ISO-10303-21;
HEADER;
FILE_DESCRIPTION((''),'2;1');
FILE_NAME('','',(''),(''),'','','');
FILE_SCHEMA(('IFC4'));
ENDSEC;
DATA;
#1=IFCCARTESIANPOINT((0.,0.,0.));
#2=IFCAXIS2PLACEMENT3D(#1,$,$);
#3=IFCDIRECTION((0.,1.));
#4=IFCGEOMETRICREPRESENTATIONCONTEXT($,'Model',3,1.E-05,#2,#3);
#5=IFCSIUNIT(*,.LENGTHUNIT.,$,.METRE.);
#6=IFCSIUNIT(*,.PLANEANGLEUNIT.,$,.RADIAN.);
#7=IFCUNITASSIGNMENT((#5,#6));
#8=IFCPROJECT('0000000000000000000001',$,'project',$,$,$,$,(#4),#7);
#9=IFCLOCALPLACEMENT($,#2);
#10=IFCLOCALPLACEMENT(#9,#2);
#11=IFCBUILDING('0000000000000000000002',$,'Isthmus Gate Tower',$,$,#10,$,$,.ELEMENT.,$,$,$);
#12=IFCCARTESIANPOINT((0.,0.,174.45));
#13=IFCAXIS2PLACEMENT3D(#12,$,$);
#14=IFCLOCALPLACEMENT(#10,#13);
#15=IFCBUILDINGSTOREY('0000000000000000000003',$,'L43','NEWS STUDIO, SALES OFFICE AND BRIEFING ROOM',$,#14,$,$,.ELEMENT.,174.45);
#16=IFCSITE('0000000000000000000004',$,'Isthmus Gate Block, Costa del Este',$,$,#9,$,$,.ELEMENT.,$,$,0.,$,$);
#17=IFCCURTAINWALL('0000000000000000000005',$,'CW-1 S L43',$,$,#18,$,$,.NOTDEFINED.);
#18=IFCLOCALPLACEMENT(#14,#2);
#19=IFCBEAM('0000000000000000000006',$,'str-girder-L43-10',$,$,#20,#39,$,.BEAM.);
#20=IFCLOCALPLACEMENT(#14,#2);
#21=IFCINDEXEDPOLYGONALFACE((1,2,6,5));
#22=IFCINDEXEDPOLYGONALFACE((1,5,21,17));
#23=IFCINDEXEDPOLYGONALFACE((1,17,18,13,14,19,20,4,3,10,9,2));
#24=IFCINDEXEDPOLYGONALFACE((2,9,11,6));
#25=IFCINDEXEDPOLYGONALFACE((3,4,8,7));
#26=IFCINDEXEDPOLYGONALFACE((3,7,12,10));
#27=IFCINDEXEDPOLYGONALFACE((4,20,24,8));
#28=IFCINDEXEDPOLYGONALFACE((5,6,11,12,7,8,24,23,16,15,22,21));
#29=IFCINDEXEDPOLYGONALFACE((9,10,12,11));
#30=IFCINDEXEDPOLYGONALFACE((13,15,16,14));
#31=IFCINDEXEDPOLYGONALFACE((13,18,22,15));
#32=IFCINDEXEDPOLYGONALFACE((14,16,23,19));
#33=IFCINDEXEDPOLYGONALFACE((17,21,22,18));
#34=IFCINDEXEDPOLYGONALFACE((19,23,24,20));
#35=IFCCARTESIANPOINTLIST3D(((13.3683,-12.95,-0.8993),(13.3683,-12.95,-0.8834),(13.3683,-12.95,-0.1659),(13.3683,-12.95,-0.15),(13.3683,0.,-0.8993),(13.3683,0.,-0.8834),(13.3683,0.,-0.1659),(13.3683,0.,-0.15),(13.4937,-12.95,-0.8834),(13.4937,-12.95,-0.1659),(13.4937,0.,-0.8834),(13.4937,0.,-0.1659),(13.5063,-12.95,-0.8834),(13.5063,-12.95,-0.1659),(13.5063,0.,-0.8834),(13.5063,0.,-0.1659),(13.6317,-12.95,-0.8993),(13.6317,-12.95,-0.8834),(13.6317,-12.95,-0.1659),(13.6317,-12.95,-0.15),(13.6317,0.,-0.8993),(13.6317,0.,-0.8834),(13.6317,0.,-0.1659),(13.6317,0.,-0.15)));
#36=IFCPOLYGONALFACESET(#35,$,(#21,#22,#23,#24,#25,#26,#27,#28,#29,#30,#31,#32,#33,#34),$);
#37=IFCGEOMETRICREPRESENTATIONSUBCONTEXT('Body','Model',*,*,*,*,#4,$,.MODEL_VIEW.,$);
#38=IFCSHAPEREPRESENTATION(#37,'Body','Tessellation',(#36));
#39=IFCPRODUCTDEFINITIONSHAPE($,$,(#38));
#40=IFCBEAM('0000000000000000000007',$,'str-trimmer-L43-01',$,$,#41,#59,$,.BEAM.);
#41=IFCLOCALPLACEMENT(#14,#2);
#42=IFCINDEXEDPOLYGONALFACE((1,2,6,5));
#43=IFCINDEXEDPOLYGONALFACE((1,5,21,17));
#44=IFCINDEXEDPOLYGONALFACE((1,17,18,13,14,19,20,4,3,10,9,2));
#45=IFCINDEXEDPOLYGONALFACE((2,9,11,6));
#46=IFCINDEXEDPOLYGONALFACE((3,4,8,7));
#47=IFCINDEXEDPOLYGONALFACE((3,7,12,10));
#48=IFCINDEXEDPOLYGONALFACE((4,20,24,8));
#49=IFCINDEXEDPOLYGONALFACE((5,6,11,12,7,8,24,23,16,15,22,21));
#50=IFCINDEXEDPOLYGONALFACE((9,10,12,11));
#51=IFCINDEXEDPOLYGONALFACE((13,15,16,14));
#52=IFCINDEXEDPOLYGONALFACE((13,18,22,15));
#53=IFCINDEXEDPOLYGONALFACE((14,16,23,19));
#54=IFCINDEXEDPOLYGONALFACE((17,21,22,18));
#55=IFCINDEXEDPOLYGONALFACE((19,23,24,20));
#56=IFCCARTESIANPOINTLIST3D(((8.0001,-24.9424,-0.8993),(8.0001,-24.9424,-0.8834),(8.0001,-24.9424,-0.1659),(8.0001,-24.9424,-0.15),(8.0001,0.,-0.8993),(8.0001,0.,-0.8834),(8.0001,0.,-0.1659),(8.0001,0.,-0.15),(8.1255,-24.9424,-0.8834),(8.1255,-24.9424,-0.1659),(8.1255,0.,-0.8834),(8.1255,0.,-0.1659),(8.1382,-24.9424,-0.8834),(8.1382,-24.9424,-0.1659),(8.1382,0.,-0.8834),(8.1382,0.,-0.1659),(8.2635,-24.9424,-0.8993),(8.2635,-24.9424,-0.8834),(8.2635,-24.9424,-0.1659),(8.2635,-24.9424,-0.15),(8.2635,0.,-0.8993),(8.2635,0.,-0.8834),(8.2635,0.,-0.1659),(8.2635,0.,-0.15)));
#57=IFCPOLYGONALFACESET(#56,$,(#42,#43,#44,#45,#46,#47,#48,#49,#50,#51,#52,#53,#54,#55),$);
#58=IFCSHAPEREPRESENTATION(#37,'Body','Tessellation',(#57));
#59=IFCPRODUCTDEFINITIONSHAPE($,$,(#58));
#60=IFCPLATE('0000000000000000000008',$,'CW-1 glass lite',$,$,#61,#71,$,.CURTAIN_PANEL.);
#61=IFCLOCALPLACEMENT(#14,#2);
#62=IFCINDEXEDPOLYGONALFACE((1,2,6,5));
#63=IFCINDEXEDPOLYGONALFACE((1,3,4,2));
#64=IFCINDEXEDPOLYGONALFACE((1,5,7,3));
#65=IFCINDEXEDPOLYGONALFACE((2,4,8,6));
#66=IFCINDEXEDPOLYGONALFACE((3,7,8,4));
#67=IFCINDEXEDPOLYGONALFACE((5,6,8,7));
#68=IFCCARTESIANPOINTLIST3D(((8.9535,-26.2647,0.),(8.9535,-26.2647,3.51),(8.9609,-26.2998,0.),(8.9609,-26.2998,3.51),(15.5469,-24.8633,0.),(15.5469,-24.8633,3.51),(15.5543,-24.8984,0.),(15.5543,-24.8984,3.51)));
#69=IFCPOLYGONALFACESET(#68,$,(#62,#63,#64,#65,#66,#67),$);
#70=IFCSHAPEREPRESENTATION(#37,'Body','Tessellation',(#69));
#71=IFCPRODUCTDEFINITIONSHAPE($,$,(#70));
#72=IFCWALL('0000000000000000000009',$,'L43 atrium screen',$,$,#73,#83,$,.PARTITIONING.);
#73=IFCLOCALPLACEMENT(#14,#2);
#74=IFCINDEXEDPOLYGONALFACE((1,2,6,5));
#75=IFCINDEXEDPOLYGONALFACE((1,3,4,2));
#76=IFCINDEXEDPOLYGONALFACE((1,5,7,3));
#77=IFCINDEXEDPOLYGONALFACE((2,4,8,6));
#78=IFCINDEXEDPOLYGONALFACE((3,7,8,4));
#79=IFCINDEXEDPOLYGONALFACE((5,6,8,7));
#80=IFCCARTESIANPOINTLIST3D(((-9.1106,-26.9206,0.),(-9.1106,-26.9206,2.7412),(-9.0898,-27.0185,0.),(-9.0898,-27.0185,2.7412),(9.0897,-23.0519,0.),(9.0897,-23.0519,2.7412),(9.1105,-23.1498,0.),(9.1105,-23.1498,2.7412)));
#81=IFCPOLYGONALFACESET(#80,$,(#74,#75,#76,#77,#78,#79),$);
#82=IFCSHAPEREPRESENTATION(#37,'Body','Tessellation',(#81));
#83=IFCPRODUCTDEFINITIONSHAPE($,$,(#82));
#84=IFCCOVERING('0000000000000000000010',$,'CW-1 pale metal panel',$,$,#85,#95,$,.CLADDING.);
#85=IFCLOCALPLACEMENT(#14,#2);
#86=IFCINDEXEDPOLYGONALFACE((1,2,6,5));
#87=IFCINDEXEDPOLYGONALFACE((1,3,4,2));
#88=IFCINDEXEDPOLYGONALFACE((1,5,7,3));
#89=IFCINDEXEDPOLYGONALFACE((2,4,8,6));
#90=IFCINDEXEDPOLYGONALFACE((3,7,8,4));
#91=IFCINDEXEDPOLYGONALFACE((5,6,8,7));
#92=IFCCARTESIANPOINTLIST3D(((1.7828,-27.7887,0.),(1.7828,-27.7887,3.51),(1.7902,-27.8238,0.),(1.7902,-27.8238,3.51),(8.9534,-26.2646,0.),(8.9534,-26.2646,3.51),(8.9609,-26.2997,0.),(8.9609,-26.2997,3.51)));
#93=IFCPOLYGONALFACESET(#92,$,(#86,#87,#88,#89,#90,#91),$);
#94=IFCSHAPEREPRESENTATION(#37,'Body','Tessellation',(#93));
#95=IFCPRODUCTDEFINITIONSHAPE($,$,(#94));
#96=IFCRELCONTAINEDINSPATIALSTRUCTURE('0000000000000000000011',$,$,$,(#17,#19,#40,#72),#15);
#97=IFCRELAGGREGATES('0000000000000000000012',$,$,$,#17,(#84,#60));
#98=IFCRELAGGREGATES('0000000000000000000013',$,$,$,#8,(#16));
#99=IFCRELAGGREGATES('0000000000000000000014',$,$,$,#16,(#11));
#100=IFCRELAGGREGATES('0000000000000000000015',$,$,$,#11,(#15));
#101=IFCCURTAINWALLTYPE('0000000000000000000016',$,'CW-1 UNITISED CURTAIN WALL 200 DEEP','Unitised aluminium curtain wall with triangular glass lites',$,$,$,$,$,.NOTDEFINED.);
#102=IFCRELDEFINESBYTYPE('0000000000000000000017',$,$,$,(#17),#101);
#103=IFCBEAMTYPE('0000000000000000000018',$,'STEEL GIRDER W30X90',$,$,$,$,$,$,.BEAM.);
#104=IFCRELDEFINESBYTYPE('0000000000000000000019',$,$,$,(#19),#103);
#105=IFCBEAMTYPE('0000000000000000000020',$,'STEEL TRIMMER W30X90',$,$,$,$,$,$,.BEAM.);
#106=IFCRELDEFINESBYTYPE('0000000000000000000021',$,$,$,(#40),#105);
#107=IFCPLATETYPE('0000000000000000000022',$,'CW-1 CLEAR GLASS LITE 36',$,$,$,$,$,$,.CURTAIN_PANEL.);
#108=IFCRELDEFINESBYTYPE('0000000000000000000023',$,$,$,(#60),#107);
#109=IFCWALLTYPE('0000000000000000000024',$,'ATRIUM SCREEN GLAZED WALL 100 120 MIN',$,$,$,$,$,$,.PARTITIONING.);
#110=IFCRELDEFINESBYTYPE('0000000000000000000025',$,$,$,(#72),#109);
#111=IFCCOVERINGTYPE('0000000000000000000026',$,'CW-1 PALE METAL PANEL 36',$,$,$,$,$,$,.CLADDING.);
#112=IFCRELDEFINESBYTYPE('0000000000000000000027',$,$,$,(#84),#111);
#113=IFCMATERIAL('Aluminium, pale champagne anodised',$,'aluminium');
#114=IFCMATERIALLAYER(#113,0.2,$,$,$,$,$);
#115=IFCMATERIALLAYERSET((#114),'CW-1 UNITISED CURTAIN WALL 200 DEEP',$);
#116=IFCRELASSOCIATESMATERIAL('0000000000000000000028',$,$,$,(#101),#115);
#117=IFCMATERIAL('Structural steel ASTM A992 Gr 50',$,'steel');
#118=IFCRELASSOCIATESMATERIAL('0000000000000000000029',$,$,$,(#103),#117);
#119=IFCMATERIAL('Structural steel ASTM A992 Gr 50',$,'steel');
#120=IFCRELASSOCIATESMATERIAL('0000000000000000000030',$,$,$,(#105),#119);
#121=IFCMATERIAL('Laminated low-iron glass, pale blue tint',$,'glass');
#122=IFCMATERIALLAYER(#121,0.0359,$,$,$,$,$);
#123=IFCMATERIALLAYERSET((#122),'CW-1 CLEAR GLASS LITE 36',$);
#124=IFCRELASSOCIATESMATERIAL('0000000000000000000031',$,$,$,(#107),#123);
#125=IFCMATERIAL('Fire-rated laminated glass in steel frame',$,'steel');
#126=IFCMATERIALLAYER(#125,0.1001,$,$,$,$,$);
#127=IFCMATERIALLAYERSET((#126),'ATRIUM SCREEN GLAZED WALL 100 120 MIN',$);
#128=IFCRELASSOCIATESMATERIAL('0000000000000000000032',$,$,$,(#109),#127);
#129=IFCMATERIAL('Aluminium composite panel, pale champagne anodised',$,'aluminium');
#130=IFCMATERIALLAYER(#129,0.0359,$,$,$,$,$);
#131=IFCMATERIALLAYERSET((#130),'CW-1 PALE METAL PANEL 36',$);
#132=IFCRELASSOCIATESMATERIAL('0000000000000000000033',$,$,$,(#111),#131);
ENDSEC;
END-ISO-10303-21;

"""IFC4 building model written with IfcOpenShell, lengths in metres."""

from ifc_helpers import new_model, si_unit, direction, frame, frame_2d, origin, origin_2d, place, context, subcontext, project, spatial, rectangle, i_section, extrude, material, layer, layer_set, material_profile, profile_set, type_object, element, aggregate, save


model = new_model("IFC4")

# Units and contexts
model_context = context("Model", 3, precision=1e-05, world=origin(), true_north=direction((0.0, 1.0)))
body_context = subcontext(model_context, "Body", "Model", "MODEL_VIEW")
ifc_project = project(units=[si_unit("LENGTHUNIT", "METRE"), si_unit("PLANEANGLEUNIT", "RADIAN")], contexts=[model_context])

# Site, building, storey
site_placement = place(None, origin())
site = spatial("IfcSite", under=ifc_project, at=site_placement, Name="Isthmus Gate Block, Costa del Este", CompositionType="ELEMENT", RefElevation=0.0)
building_placement = place(site_placement, origin())
building = spatial("IfcBuilding", under=site, at=building_placement, Name="Isthmus Gate Tower", CompositionType="ELEMENT")
storey_placement = place(building_placement, frame((0.0, 0.0, 174.45)))
storey = spatial("IfcBuildingStorey", under=building, at=storey_placement, Name="L43", Description="NEWS STUDIO, SALES OFFICE AND BRIEFING ROOM", CompositionType="ELEMENT", Elevation=174.45)

# Curtain wall
ifc_material_1 = material(Name="Aluminium, pale champagne anodised", Category="aluminium")
ifc_layer_1 = layer(ifc_material_1, 0.2)
ifc_layer_set_1 = layer_set([ifc_layer_1], Name="CW-1 UNITISED CURTAIN WALL 200 DEEP")
curtain_wall_type = type_object("IfcCurtainWallType", Name="CW-1 UNITISED CURTAIN WALL 200 DEEP", Description="Unitised aluminium curtain wall with triangular glass lites", PredefinedType="NOTDEFINED", material=ifc_layer_set_1)
curtain_wall_placement = place(storey_placement, origin())
curtain_wall = element("IfcCurtainWall", 1, at=curtain_wall_placement, inside=storey, type_object=curtain_wall_type, Name="CW-1 S L43", PredefinedType="NOTDEFINED")

# Beams
ifc_material_2 = material(Name="Structural steel ASTM A992 Gr 50", Category="steel")
ifc_material_profile_1 = material_profile(ifc_material_2, i_section(OverallWidth=0.2634, OverallDepth=0.7493, WebThickness=0.0127, FlangeThickness=0.0159, at=origin_2d()), Name="W30X90")
ifc_profile_set_1 = profile_set([ifc_material_profile_1], Name="Structural steel ASTM A992 Gr 50")
beam_type_1 = type_object("IfcBeamType", Name="STEEL GIRDER W30X90", PredefinedType="BEAM", material=ifc_profile_set_1)
beam_1_placement = place(storey_placement, frame((13.5, -12.95, -0.5247), z_axis=(0.0, 1.0, 0.0), x_axis=(-1.0, 0.0, 0.0)))
element("IfcBeam", 2, at=beam_1_placement, inside=storey, type_object=beam_type_1, Name="str-girder-L43-10", PredefinedType="BEAM", context=body_context, shape_type="SweptSolid", body=[
    extrude(i_section(OverallWidth=0.2634, OverallDepth=0.7493, WebThickness=0.0127, FlangeThickness=0.0159, at=origin_2d()), origin(), (0.0, 0.0, 1.0), 12.95),
])
ifc_material_3 = material(Name="Structural steel ASTM A992 Gr 50", Category="steel")
ifc_material_profile_2 = material_profile(ifc_material_3, i_section(OverallWidth=0.2634, OverallDepth=0.7493, WebThickness=0.0127, FlangeThickness=0.0159, at=origin_2d()), Name="W30X90")
ifc_profile_set_2 = profile_set([ifc_material_profile_2], Name="Structural steel ASTM A992 Gr 50")
beam_type_2 = type_object("IfcBeamType", Name="STEEL TRIMMER W30X90", PredefinedType="BEAM", material=ifc_profile_set_2)
beam_2_placement = place(storey_placement, frame((8.1318, -24.9424, -0.5247), z_axis=(0.0, 1.0, 0.0), x_axis=(-1.0, 0.0, 0.0)))
element("IfcBeam", 3, at=beam_2_placement, inside=storey, type_object=beam_type_2, Name="str-trimmer-L43-01", PredefinedType="BEAM", context=body_context, shape_type="SweptSolid", body=[
    extrude(i_section(OverallWidth=0.2634, OverallDepth=0.7493, WebThickness=0.0127, FlangeThickness=0.0159, at=origin_2d()), origin(), (0.0, 0.0, 1.0), 24.9424),
])

# Plate
ifc_material_4 = material(Name="Laminated low-iron glass, pale blue tint", Category="glass")
ifc_layer_2 = layer(ifc_material_4, 0.0359)
ifc_layer_set_2 = layer_set([ifc_layer_2], Name="CW-1 CLEAR GLASS LITE 36")
plate_type = type_object("IfcPlateType", Name="CW-1 CLEAR GLASS LITE 36", PredefinedType="CURTAIN_PANEL", material=ifc_layer_set_2)
plate_placement = place(storey_placement, frame((12.2539, -25.5815, 0.0), z_axis=(0.0, 0.0, 1.0), x_axis=(0.978148, 0.207912, 0.0)))
plate = element("IfcPlate", 4, at=plate_placement, type_object=plate_type, Name="CW-1 glass lite", PredefinedType="CURTAIN_PANEL", context=body_context, shape_type="SweptSolid", body=[
    extrude(rectangle(XDim=6.7407, YDim=0.0359, at=origin_2d()), origin(), (0.0, 0.0, 1.0), 3.51),
])

# Wall
ifc_material_5 = material(Name="Fire-rated laminated glass in steel frame", Category="steel")
ifc_layer_3 = layer(ifc_material_5, 0.1001)
ifc_layer_set_3 = layer_set([ifc_layer_3], Name="ATRIUM SCREEN GLAZED WALL 100 120 MIN")
wall_type = type_object("IfcWallType", Name="ATRIUM SCREEN GLAZED WALL 100 120 MIN", PredefinedType="PARTITIONING", material=ifc_layer_set_3)
wall_placement = place(storey_placement, frame((9.1001, -23.1008, 0.0), z_axis=(0.0, 0.0, 1.0), x_axis=(-0.978147, -0.207916, 0.0)))
element("IfcWall", 5, at=wall_placement, inside=storey, type_object=wall_type, Name="L43 atrium screen", PredefinedType="PARTITIONING", context=body_context, shape_type="SweptSolid", body=[
    extrude(rectangle(XDim=18.6069, YDim=0.1001, at=frame_2d((9.3035, 0.0))), origin(), (0.0, 0.0, 1.0), 2.7412),
])

# Covering
ifc_material_6 = material(Name="Aluminium composite panel, pale champagne anodised", Category="aluminium")
ifc_layer_4 = layer(ifc_material_6, 0.0359)
ifc_layer_set_4 = layer_set([ifc_layer_4], Name="CW-1 PALE METAL PANEL 36")
covering_type = type_object("IfcCoveringType", Name="CW-1 PALE METAL PANEL 36", PredefinedType="CLADDING", material=ifc_layer_set_4)
covering_placement = place(storey_placement, frame((5.3718, -27.0442, 0.0), z_axis=(0.0, 0.0, 1.0), x_axis=(0.978148, 0.207912, 0.0)))
covering = element("IfcCovering", 6, at=covering_placement, type_object=covering_type, Name="CW-1 pale metal panel", PredefinedType="CLADDING", context=body_context, shape_type="SweptSolid", body=[
    extrude(rectangle(XDim=7.3308, YDim=0.0359, at=origin_2d()), origin(), (0.0, 0.0, 1.0), 3.51),
])
aggregate(curtain_wall, [covering, plate])

save(model, "model.ifc")
